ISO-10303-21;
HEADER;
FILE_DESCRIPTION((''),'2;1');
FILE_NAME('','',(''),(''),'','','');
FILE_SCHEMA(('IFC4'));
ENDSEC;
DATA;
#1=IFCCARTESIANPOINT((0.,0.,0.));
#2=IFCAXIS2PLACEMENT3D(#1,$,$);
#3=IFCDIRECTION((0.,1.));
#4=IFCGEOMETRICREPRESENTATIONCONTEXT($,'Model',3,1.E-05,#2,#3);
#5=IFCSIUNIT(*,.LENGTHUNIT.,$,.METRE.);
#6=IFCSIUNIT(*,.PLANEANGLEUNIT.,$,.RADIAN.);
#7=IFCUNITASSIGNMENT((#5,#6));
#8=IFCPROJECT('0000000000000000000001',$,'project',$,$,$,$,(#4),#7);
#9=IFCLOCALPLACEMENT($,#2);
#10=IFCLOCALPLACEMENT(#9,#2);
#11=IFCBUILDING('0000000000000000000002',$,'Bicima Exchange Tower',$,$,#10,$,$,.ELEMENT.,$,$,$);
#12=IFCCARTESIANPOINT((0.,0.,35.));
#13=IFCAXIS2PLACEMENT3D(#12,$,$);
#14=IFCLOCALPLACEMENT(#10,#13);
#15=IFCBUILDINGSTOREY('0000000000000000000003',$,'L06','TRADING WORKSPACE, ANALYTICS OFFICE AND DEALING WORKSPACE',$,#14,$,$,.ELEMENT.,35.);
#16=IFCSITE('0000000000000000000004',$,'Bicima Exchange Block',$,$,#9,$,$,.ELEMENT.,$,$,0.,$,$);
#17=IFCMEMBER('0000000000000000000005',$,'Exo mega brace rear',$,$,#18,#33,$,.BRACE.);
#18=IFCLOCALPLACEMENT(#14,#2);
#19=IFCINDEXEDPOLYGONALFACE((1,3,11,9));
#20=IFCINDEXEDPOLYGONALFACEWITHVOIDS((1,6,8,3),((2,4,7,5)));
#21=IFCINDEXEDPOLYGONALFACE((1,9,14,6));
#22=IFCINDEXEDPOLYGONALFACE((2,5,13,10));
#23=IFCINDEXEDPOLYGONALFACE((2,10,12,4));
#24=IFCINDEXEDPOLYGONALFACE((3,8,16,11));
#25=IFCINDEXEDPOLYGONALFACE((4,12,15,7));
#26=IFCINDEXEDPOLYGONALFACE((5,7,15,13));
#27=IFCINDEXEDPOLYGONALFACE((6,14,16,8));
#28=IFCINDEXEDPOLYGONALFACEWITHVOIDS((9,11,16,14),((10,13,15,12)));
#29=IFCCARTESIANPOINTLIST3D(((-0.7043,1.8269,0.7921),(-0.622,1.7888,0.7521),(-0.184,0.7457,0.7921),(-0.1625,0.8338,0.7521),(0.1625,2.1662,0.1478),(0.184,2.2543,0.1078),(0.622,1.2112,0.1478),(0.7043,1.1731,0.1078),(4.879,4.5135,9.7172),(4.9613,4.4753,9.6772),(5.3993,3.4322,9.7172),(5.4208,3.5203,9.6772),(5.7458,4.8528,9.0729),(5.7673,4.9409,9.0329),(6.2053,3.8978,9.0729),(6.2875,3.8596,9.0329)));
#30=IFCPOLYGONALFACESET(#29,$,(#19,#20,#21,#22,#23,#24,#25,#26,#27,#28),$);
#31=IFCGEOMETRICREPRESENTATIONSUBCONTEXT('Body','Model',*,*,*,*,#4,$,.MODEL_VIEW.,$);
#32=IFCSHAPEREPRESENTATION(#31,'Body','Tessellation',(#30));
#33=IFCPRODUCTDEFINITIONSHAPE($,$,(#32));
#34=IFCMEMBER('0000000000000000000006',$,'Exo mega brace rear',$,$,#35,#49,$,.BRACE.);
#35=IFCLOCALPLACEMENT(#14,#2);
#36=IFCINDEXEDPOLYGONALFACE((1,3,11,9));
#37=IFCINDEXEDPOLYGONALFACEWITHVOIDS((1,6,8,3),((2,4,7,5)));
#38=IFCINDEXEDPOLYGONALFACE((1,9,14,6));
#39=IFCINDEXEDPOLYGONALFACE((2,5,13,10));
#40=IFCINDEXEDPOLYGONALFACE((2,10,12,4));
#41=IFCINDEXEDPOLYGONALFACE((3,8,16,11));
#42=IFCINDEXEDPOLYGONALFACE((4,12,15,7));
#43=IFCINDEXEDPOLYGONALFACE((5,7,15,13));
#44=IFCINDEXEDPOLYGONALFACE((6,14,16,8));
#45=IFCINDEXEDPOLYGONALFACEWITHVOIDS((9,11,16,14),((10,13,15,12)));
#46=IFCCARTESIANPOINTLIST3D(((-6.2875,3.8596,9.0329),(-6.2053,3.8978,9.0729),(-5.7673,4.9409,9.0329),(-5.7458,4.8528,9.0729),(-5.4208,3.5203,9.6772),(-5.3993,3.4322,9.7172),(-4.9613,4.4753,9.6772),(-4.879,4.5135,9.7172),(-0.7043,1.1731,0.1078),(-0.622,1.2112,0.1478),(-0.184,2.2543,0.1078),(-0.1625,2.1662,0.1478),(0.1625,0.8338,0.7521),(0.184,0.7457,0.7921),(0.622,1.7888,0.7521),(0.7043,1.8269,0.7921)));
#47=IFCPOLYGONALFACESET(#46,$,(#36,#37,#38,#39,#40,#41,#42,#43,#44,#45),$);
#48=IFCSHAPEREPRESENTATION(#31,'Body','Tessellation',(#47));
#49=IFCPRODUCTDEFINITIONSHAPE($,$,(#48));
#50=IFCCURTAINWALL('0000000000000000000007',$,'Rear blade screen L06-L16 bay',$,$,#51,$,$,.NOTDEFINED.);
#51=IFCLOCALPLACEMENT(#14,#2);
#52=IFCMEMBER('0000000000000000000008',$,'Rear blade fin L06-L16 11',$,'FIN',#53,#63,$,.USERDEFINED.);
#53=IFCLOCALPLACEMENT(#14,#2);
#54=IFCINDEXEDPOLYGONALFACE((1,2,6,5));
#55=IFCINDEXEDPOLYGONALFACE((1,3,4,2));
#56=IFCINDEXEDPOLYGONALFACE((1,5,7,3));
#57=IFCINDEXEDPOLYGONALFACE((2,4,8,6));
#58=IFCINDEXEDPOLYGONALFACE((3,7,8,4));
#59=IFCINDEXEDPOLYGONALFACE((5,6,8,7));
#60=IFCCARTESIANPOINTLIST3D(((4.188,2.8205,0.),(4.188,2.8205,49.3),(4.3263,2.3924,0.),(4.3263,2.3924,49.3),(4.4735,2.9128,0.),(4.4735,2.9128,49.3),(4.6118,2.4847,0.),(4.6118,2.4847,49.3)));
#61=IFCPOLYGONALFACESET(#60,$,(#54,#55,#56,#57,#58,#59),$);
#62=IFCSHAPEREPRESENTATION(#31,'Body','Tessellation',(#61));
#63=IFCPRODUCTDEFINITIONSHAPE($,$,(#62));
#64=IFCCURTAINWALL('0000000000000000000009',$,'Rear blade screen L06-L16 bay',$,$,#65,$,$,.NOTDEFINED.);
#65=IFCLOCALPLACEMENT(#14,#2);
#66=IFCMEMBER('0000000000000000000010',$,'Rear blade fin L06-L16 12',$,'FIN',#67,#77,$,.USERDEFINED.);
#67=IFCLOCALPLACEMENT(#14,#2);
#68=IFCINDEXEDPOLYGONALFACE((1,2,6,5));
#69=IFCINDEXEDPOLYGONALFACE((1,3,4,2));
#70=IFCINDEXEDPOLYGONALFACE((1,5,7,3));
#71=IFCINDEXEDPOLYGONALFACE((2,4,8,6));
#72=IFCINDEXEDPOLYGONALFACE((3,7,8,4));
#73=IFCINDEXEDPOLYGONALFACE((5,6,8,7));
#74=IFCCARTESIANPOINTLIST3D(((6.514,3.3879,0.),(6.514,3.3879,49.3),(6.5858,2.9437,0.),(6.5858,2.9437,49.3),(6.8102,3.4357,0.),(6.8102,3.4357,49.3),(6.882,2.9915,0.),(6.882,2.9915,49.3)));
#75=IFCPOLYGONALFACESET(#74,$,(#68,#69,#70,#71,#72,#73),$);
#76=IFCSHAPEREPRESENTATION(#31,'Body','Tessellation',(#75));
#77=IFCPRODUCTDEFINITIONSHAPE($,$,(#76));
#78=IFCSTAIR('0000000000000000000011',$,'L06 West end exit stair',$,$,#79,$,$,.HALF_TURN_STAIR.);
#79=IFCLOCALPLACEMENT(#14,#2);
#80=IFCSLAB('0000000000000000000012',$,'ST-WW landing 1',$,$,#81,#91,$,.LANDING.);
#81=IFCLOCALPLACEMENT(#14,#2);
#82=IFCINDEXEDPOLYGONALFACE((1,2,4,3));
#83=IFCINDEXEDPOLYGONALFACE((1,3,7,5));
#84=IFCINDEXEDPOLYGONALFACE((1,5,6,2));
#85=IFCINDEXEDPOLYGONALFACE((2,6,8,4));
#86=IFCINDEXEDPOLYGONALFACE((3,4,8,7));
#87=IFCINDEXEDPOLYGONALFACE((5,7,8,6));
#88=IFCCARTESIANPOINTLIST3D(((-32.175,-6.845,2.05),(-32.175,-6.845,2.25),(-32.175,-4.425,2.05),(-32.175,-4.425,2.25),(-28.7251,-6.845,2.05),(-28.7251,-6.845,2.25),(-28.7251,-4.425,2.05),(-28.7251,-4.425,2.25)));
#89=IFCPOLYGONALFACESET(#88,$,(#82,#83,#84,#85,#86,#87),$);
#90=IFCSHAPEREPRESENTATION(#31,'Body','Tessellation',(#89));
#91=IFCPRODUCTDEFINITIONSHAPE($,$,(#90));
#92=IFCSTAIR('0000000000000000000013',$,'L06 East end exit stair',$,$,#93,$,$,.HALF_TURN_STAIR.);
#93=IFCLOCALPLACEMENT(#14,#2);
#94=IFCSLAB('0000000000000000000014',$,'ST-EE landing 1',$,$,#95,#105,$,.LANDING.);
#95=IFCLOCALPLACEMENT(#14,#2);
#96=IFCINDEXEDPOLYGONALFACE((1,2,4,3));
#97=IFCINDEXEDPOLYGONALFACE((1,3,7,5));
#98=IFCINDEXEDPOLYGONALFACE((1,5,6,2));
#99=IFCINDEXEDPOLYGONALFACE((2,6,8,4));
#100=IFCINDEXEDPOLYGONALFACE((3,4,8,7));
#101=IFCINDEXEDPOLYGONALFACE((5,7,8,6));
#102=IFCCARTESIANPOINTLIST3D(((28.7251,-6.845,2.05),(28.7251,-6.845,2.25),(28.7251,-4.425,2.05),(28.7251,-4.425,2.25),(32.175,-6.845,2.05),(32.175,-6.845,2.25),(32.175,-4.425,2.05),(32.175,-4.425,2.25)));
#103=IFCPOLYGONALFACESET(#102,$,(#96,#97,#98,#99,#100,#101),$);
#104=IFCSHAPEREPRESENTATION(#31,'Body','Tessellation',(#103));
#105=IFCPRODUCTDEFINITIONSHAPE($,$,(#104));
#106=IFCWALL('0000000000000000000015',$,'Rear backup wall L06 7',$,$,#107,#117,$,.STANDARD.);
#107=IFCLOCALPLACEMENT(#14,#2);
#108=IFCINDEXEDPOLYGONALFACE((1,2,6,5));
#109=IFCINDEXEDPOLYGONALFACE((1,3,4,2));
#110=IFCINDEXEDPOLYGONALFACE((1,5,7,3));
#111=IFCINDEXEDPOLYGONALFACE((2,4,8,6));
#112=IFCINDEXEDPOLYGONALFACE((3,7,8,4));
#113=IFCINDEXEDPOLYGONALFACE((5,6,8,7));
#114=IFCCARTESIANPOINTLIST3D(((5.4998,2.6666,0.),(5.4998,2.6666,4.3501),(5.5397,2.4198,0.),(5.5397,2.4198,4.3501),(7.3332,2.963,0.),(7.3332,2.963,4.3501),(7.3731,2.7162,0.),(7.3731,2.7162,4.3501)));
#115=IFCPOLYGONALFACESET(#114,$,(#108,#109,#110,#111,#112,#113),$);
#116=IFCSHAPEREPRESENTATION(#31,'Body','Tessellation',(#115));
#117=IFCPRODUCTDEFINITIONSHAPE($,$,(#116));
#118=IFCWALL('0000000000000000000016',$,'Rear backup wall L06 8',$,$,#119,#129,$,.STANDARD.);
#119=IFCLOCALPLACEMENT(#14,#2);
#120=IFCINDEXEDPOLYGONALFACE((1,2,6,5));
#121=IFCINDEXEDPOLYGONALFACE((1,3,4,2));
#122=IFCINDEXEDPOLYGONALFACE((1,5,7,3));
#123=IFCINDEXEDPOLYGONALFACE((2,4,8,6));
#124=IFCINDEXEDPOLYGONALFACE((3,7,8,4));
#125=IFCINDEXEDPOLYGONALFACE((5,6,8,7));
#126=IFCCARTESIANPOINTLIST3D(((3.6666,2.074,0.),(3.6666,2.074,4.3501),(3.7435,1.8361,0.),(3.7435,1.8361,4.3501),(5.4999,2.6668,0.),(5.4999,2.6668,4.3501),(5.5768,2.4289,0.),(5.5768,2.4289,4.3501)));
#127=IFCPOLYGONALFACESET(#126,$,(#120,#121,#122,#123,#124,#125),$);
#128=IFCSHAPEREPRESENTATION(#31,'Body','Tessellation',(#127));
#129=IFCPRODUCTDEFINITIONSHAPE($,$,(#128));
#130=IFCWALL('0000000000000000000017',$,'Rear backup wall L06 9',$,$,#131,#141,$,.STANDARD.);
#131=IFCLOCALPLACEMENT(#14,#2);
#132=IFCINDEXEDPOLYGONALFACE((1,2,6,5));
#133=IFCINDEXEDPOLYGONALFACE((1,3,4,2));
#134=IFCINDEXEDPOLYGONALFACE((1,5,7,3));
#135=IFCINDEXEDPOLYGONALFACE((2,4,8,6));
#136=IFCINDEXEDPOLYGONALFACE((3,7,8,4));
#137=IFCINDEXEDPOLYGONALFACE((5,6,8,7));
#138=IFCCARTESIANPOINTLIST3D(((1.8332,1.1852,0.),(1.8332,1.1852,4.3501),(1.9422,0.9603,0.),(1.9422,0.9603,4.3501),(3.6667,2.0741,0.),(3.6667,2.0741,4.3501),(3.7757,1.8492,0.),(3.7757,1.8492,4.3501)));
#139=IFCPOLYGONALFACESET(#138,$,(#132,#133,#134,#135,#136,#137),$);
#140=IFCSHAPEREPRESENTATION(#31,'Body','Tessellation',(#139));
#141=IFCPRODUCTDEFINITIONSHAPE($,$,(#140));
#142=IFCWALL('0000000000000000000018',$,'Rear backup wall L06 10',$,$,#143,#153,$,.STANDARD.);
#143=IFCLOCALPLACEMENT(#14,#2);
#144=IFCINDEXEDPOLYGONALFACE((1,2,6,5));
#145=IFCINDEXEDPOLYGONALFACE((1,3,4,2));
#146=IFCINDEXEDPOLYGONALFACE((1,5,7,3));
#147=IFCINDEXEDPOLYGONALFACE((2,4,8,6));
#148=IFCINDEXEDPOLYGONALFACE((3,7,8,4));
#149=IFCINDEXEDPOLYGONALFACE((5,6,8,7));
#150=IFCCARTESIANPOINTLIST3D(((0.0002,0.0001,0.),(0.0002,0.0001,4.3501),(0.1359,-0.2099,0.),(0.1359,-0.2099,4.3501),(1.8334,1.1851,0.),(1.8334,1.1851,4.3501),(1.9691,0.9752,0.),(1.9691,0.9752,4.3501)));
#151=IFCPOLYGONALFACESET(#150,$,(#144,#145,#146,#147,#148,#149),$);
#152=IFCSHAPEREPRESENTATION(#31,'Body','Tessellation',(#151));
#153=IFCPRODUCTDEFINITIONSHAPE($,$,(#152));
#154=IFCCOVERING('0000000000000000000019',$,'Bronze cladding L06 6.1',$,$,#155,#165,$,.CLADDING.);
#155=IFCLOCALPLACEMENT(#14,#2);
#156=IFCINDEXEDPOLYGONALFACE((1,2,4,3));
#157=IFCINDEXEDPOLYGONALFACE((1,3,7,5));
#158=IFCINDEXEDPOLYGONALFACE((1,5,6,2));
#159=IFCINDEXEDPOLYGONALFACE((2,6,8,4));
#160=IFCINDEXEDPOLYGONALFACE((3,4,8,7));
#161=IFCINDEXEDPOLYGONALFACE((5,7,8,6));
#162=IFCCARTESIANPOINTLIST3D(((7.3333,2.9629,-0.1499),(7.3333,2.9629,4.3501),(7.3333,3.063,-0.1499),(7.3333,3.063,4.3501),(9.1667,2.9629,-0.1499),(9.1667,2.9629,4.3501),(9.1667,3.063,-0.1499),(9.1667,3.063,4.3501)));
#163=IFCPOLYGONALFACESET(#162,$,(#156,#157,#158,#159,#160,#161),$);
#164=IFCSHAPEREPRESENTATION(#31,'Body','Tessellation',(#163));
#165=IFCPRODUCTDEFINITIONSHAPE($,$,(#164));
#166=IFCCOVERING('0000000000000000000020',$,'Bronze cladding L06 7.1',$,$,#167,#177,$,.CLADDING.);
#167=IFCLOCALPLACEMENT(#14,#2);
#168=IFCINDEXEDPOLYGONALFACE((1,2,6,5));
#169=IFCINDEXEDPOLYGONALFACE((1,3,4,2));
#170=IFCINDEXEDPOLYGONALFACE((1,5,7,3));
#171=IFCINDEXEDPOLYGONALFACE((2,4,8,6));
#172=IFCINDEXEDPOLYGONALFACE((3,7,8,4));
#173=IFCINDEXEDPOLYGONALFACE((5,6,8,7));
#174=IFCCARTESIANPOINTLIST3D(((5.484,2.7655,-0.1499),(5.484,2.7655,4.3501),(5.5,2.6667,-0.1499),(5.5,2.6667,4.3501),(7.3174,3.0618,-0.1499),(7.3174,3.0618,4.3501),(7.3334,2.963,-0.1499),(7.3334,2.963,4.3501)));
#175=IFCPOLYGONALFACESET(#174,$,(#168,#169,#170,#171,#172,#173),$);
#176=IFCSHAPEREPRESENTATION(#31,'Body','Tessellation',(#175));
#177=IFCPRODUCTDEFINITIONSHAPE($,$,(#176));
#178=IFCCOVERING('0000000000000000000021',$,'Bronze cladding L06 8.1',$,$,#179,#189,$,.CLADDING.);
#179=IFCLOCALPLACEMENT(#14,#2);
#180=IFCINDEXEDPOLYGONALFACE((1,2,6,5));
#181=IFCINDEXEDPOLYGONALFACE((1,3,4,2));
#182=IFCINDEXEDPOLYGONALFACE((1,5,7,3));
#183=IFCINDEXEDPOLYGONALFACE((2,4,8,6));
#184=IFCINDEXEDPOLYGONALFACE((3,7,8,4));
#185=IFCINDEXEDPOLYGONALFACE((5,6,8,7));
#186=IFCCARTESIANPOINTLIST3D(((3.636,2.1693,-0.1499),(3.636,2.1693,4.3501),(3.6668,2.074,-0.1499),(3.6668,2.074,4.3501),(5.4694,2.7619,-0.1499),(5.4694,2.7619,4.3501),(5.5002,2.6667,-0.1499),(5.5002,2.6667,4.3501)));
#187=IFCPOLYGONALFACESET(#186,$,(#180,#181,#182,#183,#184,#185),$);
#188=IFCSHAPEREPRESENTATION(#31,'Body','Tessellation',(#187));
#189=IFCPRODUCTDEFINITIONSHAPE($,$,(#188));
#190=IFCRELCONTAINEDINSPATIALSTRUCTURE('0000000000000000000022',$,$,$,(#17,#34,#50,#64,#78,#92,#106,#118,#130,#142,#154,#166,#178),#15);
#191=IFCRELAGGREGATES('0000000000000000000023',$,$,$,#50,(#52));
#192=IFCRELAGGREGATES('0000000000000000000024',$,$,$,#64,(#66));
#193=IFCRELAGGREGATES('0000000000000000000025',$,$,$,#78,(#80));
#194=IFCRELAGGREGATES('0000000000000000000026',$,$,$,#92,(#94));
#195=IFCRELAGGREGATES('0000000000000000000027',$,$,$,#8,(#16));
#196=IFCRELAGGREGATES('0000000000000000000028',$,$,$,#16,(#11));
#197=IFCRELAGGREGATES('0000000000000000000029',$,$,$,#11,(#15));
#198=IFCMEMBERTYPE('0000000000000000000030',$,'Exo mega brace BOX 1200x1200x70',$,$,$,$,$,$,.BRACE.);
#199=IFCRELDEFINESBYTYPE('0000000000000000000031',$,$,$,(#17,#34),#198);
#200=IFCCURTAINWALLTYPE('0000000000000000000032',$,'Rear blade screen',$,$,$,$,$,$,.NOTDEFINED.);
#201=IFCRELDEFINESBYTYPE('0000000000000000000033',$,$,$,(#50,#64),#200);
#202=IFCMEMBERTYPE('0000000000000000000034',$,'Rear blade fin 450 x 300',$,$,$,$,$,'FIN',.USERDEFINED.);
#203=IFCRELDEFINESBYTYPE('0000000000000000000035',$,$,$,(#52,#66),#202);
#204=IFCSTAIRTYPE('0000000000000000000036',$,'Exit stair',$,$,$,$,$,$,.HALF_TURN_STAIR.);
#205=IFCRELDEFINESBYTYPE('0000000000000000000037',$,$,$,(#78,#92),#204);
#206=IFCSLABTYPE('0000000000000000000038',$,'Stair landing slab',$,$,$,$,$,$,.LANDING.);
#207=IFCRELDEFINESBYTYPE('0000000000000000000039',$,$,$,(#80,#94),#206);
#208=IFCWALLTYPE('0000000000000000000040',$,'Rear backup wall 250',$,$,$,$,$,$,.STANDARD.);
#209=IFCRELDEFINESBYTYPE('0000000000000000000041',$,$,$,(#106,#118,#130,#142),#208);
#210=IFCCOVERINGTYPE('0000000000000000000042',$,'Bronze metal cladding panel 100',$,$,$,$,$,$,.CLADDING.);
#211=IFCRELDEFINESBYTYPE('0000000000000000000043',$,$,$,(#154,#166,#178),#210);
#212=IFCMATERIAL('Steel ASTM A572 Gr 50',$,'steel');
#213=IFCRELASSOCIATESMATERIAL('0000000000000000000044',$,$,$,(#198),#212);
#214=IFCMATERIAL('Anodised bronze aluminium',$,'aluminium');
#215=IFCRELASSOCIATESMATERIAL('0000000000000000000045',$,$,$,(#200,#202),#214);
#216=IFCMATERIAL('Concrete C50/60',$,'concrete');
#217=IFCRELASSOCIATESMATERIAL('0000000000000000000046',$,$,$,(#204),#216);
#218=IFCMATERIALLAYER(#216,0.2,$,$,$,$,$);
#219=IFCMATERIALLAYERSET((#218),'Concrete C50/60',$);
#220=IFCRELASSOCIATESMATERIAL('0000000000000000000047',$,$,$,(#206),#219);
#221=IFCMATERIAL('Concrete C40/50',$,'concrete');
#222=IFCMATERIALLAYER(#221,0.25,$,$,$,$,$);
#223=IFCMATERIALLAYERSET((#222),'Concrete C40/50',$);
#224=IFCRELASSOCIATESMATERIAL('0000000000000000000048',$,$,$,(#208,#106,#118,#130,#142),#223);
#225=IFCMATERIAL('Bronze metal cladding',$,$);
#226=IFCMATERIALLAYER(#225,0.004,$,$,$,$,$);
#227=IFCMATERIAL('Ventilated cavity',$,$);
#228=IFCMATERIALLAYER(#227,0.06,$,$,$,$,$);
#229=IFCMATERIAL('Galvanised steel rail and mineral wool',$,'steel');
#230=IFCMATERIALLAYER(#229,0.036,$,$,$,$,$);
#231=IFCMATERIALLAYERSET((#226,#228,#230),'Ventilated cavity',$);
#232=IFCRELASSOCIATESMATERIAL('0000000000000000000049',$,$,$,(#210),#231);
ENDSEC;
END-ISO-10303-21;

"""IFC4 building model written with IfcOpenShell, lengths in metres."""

from ifc_helpers import new_model, si_unit, direction, frame, frame_2d, origin, origin_2d, place, context, subcontext, project, spatial, polyline, rectangle, hollow_rectangle, outline, extrude, material, layer, layer_set, layer_usage, material_profile, profile_set, type_object, element, aggregate, save


model = new_model("IFC4")

# Units and contexts
model_context = context("Model", 3, precision=1e-05, world=origin(), true_north=direction((0.0, 1.0)))
body_context = subcontext(model_context, "Body", "Model", "MODEL_VIEW")
ifc_project = project(units=[si_unit("LENGTHUNIT", "METRE"), si_unit("PLANEANGLEUNIT", "RADIAN")], contexts=[model_context])

# Site, building, storey
site_placement = place(None, origin())
site = spatial("IfcSite", under=ifc_project, at=site_placement, Name="Bicima Exchange Block", CompositionType="ELEMENT", RefElevation=0.0)
building_placement = place(site_placement, origin())
building = spatial("IfcBuilding", under=site, at=building_placement, Name="Bicima Exchange Tower", CompositionType="ELEMENT")
storey_placement = place(building_placement, frame((0.0, 0.0, 35.0)))
storey = spatial("IfcBuildingStorey", under=building, at=storey_placement, Name="L06", Description="TRADING WORKSPACE, ANALYTICS OFFICE AND DEALING WORKSPACE", CompositionType="ELEMENT", Elevation=35.0)

# Members
ifc_material_1 = material(Name="Steel ASTM A572 Gr 50", Category="steel")
ifc_material_profile_1 = material_profile(ifc_material_1, hollow_rectangle(XDim=1.2, YDim=1.2, WallThickness=0.0701, at=origin_2d()))
ifc_profile_set_1 = profile_set([ifc_material_profile_1], Name="Steel ASTM A572 Gr 50")
member_type_1 = type_object("IfcMemberType", Name="Exo mega brace BOX 1200x1200x70", PredefinedType="BRACE", material=ifc_profile_set_1)
for number, where, z_axis, x_axis, name in (
    (1, (0.0, 1.5, 0.45), (0.513879, 0.247266, 0.821455), (-0.433592, 0.901109, 0.0), "Exo mega brace rear"),
    (2, (0.0, 1.5, 0.45), (-0.513879, 0.247266, 0.821455), (-0.433592, -0.901109, 0.0), "Exo mega brace rear"),
):
    element("IfcMember", number, at=place(storey_placement, frame(where, z_axis=z_axis, x_axis=x_axis)), inside=storey, type_object=member_type_1, Name=name, PredefinedType="BRACE", context=body_context, shape_type="SweptSolid", body=[
        extrude(hollow_rectangle(XDim=1.2, YDim=1.2, WallThickness=0.0701, at=origin_2d()), origin(), (0.0, 0.0, 1.0), 10.865),
    ])

# Curtain walls, members
ifc_material_2 = material(Name="Anodised bronze aluminium", Category="aluminium")
curtain_wall_type = type_object("IfcCurtainWallType", Name="Rear blade screen", PredefinedType="NOTDEFINED", material=ifc_material_2)
curtain_wall_1_placement = place(storey_placement, origin())
curtain_wall_1 = element("IfcCurtainWall", 3, at=curtain_wall_1_placement, inside=storey, type_object=curtain_wall_type, Name="Rear blade screen L06-L16 bay", PredefinedType="NOTDEFINED")
ifc_material_profile_2 = material_profile(ifc_material_2, rectangle(XDim=0.45, YDim=0.3, at=origin_2d()))
ifc_profile_set_2 = profile_set([ifc_material_profile_2], Name="Anodised bronze aluminium")
member_type_2 = type_object("IfcMemberType", Name="Rear blade fin 450 x 300", ElementType="FIN", PredefinedType="USERDEFINED", material=ifc_profile_set_2)
member_1_placement = place(storey_placement, frame((4.3999, 2.6526, 0.0), z_axis=(0.0, 0.0, 1.0), x_axis=(-0.307568, 0.951526, 0.0)))
member_1 = element("IfcMember", 4, at=member_1_placement, type_object=member_type_2, Name="Rear blade fin L06-L16 11", ObjectType="FIN", PredefinedType="USERDEFINED", context=body_context, shape_type="SweptSolid", body=[
    extrude(rectangle(XDim=0.45, YDim=0.3, at=origin_2d()), origin(), (0.0, 0.0, 1.0), 49.3),
])
aggregate(curtain_wall_1, [member_1])
curtain_wall_2_placement = place(storey_placement, origin())
curtain_wall_2 = element("IfcCurtainWall", 5, at=curtain_wall_2_placement, inside=storey, type_object=curtain_wall_type, Name="Rear blade screen L06-L16 bay", PredefinedType="NOTDEFINED")
member_2_placement = place(storey_placement, frame((6.698, 3.1897, 0.0), z_axis=(0.0, 0.0, 1.0), x_axis=(-0.159549, 0.98719, 0.0)))
member_2 = element("IfcMember", 6, at=member_2_placement, type_object=member_type_2, Name="Rear blade fin L06-L16 12", ObjectType="FIN", PredefinedType="USERDEFINED", context=body_context, shape_type="SweptSolid", body=[
    extrude(rectangle(XDim=0.45, YDim=0.3, at=origin_2d()), origin(), (0.0, 0.0, 1.0), 49.3),
])
aggregate(curtain_wall_2, [member_2])

# Stairs, slabs
ifc_material_3 = material(Name="Concrete C50/60", Category="concrete")
stair_type = type_object("IfcStairType", Name="Exit stair", PredefinedType="HALF_TURN_STAIR", material=ifc_material_3)
stair_1_placement = place(storey_placement, origin())
stair_1 = element("IfcStair", 7, at=stair_1_placement, inside=storey, type_object=stair_type, Name="L06 West end exit stair", PredefinedType="HALF_TURN_STAIR")
ifc_layer_1 = layer(ifc_material_3, 0.2)
ifc_layer_set_1 = layer_set([ifc_layer_1], Name="Concrete C50/60")
slab_type = type_object("IfcSlabType", Name="Stair landing slab", PredefinedType="LANDING", material=ifc_layer_set_1)
slab_1_placement = place(storey_placement, frame((0.0, 0.0, 2.05)))
slab_1 = element("IfcSlab", 8, at=slab_1_placement, type_object=slab_type, Name="ST-WW landing 1", PredefinedType="LANDING", context=body_context, shape_type="SweptSolid", body=[
    extrude(outline(polyline([(-28.7251, -6.845), (-28.7251, -4.425), (-32.175, -4.425), (-32.175, -6.845), (-28.7251, -6.845)])), origin(), (0.0, 0.0, 1.0), 0.2),
])
aggregate(stair_1, [slab_1])
stair_2_placement = place(storey_placement, origin())
stair_2 = element("IfcStair", 9, at=stair_2_placement, inside=storey, type_object=stair_type, Name="L06 East end exit stair", PredefinedType="HALF_TURN_STAIR")
slab_2_placement = place(storey_placement, frame((0.0, 0.0, 2.05)))
slab_2 = element("IfcSlab", 10, at=slab_2_placement, type_object=slab_type, Name="ST-EE landing 1", PredefinedType="LANDING", context=body_context, shape_type="SweptSolid", body=[
    extrude(outline(polyline([(32.175, -6.845), (32.175, -4.425), (28.7251, -4.425), (28.7251, -6.845), (32.175, -6.845)])), origin(), (0.0, 0.0, 1.0), 0.2),
])
aggregate(stair_2, [slab_2])

# Walls
ifc_material_4 = material(Name="Concrete C40/50", Category="concrete")
ifc_layer_2 = layer(ifc_material_4, 0.25)
ifc_layer_set_2 = layer_set([ifc_layer_2], Name="Concrete C40/50")
ifc_layer_usage = layer_usage(ifc_layer_set_2, "AXIS2", "POSITIVE", -0.125)
wall_type = type_object("IfcWallType", Name="Rear backup wall 250", PredefinedType="STANDARD", material=ifc_layer_set_2)
wall_1_placement = place(storey_placement, frame((7.3533, 2.8396, 0.0), z_axis=(0.0, 0.0, 1.0), x_axis=(-0.987182, -0.1596, 0.0)))
element("IfcWall", 11, at=wall_1_placement, inside=storey, type_object=wall_type, material=ifc_layer_usage, Name="Rear backup wall L06 7", PredefinedType="STANDARD", context=body_context, shape_type="SweptSolid", body=[
    extrude(rectangle(XDim=1.8572, YDim=0.25, at=frame_2d((0.9287, 0.0))), origin(), (0.0, 0.0, 1.0), 4.3501),
])
wall_2_placement = place(storey_placement, frame((5.5383, 2.5479, 0.0), z_axis=(0.0, 0.0, 1.0), x_axis=(-0.951496, -0.307662, 0.0)))
element("IfcWall", 12, at=wall_2_placement, inside=storey, type_object=wall_type, material=ifc_layer_usage, Name="Rear backup wall L06 8", PredefinedType="STANDARD", context=body_context, shape_type="SweptSolid", body=[
    extrude(rectangle(XDim=1.9268, YDim=0.25, at=frame_2d((0.9634, 0.0))), origin(), (0.0, 0.0, 1.0), 4.3501),
])
wall_3_placement = place(storey_placement, frame((3.7212, 1.9617, 0.0), z_axis=(0.0, 0.0, 1.0), x_axis=(-0.899824, -0.436253, 0.0)))
element("IfcWall", 13, at=wall_3_placement, inside=storey, type_object=wall_type, material=ifc_layer_usage, Name="Rear backup wall L06 9", PredefinedType="STANDARD", context=body_context, shape_type="SweptSolid", body=[
    extrude(rectangle(XDim=2.0376, YDim=0.25, at=frame_2d((1.0188, 0.0))), origin(), (0.0, 0.0, 1.0), 4.3501),
])
wall_4_placement = place(storey_placement, frame((1.9011, 1.0801, 0.0), z_axis=(0.0, 0.0, 1.0), x_axis=(-0.839813, -0.542876, 0.0)))
element("IfcWall", 14, at=wall_4_placement, inside=storey, type_object=wall_type, material=ifc_layer_usage, Name="Rear backup wall L06 10", PredefinedType="STANDARD", context=body_context, shape_type="SweptSolid", body=[
    extrude(rectangle(XDim=2.1829, YDim=0.25, at=frame_2d((1.0913, 0.0))), origin(), (0.0, 0.0, 1.0), 4.3501),
])

# Coverings
ifc_material_5 = material(Name="Bronze metal cladding")
ifc_layer_3 = layer(ifc_material_5, 0.004)
ifc_material_6 = material(Name="Ventilated cavity")
ifc_layer_4 = layer(ifc_material_6, 0.06)
ifc_material_7 = material(Name="Galvanised steel rail and mineral wool", Category="steel")
ifc_layer_5 = layer(ifc_material_7, 0.036)
ifc_layer_set_3 = layer_set([ifc_layer_3, ifc_layer_4, ifc_layer_5], Name="Ventilated cavity")
covering_type = type_object("IfcCoveringType", Name="Bronze metal cladding panel 100", PredefinedType="CLADDING", material=ifc_layer_set_3)
covering_1_placement = place(storey_placement, frame((8.25, 3.0129, -0.1499), z_axis=(0.0, 0.0, 1.0), x_axis=(-1.0, 0.0, 0.0)))
element("IfcCovering", 15, at=covering_1_placement, inside=storey, type_object=covering_type, Name="Bronze cladding L06 6.1", PredefinedType="CLADDING", context=body_context, shape_type="SweptSolid", body=[
    extrude(rectangle(XDim=1.8335, YDim=0.1001, at=origin_2d()), origin(), (0.0, 0.0, 1.0), 4.5),
])
covering_2_placement = place(storey_placement, frame((6.4087, 2.8643, -0.1499), z_axis=(0.0, 0.0, 1.0), x_axis=(-0.98719, -0.15955, 0.0)))
element("IfcCovering", 16, at=covering_2_placement, inside=storey, type_object=covering_type, Name="Bronze cladding L06 7.1", PredefinedType="CLADDING", context=body_context, shape_type="SweptSolid", body=[
    extrude(rectangle(XDim=1.8572, YDim=0.1001, at=origin_2d()), origin(), (0.0, 0.0, 1.0), 4.5),
])
covering_3_placement = place(storey_placement, frame((4.5681, 2.418, -0.1499), z_axis=(0.0, 0.0, 1.0), x_axis=(-0.951525, -0.307573, 0.0)))
element("IfcCovering", 17, at=covering_3_placement, inside=storey, type_object=covering_type, Name="Bronze cladding L06 8.1", PredefinedType="CLADDING", context=body_context, shape_type="SweptSolid", body=[
    extrude(rectangle(XDim=1.9268, YDim=0.1001, at=origin_2d()), origin(), (0.0, 0.0, 1.0), 4.5),
])

save(model, "model.ifc")
